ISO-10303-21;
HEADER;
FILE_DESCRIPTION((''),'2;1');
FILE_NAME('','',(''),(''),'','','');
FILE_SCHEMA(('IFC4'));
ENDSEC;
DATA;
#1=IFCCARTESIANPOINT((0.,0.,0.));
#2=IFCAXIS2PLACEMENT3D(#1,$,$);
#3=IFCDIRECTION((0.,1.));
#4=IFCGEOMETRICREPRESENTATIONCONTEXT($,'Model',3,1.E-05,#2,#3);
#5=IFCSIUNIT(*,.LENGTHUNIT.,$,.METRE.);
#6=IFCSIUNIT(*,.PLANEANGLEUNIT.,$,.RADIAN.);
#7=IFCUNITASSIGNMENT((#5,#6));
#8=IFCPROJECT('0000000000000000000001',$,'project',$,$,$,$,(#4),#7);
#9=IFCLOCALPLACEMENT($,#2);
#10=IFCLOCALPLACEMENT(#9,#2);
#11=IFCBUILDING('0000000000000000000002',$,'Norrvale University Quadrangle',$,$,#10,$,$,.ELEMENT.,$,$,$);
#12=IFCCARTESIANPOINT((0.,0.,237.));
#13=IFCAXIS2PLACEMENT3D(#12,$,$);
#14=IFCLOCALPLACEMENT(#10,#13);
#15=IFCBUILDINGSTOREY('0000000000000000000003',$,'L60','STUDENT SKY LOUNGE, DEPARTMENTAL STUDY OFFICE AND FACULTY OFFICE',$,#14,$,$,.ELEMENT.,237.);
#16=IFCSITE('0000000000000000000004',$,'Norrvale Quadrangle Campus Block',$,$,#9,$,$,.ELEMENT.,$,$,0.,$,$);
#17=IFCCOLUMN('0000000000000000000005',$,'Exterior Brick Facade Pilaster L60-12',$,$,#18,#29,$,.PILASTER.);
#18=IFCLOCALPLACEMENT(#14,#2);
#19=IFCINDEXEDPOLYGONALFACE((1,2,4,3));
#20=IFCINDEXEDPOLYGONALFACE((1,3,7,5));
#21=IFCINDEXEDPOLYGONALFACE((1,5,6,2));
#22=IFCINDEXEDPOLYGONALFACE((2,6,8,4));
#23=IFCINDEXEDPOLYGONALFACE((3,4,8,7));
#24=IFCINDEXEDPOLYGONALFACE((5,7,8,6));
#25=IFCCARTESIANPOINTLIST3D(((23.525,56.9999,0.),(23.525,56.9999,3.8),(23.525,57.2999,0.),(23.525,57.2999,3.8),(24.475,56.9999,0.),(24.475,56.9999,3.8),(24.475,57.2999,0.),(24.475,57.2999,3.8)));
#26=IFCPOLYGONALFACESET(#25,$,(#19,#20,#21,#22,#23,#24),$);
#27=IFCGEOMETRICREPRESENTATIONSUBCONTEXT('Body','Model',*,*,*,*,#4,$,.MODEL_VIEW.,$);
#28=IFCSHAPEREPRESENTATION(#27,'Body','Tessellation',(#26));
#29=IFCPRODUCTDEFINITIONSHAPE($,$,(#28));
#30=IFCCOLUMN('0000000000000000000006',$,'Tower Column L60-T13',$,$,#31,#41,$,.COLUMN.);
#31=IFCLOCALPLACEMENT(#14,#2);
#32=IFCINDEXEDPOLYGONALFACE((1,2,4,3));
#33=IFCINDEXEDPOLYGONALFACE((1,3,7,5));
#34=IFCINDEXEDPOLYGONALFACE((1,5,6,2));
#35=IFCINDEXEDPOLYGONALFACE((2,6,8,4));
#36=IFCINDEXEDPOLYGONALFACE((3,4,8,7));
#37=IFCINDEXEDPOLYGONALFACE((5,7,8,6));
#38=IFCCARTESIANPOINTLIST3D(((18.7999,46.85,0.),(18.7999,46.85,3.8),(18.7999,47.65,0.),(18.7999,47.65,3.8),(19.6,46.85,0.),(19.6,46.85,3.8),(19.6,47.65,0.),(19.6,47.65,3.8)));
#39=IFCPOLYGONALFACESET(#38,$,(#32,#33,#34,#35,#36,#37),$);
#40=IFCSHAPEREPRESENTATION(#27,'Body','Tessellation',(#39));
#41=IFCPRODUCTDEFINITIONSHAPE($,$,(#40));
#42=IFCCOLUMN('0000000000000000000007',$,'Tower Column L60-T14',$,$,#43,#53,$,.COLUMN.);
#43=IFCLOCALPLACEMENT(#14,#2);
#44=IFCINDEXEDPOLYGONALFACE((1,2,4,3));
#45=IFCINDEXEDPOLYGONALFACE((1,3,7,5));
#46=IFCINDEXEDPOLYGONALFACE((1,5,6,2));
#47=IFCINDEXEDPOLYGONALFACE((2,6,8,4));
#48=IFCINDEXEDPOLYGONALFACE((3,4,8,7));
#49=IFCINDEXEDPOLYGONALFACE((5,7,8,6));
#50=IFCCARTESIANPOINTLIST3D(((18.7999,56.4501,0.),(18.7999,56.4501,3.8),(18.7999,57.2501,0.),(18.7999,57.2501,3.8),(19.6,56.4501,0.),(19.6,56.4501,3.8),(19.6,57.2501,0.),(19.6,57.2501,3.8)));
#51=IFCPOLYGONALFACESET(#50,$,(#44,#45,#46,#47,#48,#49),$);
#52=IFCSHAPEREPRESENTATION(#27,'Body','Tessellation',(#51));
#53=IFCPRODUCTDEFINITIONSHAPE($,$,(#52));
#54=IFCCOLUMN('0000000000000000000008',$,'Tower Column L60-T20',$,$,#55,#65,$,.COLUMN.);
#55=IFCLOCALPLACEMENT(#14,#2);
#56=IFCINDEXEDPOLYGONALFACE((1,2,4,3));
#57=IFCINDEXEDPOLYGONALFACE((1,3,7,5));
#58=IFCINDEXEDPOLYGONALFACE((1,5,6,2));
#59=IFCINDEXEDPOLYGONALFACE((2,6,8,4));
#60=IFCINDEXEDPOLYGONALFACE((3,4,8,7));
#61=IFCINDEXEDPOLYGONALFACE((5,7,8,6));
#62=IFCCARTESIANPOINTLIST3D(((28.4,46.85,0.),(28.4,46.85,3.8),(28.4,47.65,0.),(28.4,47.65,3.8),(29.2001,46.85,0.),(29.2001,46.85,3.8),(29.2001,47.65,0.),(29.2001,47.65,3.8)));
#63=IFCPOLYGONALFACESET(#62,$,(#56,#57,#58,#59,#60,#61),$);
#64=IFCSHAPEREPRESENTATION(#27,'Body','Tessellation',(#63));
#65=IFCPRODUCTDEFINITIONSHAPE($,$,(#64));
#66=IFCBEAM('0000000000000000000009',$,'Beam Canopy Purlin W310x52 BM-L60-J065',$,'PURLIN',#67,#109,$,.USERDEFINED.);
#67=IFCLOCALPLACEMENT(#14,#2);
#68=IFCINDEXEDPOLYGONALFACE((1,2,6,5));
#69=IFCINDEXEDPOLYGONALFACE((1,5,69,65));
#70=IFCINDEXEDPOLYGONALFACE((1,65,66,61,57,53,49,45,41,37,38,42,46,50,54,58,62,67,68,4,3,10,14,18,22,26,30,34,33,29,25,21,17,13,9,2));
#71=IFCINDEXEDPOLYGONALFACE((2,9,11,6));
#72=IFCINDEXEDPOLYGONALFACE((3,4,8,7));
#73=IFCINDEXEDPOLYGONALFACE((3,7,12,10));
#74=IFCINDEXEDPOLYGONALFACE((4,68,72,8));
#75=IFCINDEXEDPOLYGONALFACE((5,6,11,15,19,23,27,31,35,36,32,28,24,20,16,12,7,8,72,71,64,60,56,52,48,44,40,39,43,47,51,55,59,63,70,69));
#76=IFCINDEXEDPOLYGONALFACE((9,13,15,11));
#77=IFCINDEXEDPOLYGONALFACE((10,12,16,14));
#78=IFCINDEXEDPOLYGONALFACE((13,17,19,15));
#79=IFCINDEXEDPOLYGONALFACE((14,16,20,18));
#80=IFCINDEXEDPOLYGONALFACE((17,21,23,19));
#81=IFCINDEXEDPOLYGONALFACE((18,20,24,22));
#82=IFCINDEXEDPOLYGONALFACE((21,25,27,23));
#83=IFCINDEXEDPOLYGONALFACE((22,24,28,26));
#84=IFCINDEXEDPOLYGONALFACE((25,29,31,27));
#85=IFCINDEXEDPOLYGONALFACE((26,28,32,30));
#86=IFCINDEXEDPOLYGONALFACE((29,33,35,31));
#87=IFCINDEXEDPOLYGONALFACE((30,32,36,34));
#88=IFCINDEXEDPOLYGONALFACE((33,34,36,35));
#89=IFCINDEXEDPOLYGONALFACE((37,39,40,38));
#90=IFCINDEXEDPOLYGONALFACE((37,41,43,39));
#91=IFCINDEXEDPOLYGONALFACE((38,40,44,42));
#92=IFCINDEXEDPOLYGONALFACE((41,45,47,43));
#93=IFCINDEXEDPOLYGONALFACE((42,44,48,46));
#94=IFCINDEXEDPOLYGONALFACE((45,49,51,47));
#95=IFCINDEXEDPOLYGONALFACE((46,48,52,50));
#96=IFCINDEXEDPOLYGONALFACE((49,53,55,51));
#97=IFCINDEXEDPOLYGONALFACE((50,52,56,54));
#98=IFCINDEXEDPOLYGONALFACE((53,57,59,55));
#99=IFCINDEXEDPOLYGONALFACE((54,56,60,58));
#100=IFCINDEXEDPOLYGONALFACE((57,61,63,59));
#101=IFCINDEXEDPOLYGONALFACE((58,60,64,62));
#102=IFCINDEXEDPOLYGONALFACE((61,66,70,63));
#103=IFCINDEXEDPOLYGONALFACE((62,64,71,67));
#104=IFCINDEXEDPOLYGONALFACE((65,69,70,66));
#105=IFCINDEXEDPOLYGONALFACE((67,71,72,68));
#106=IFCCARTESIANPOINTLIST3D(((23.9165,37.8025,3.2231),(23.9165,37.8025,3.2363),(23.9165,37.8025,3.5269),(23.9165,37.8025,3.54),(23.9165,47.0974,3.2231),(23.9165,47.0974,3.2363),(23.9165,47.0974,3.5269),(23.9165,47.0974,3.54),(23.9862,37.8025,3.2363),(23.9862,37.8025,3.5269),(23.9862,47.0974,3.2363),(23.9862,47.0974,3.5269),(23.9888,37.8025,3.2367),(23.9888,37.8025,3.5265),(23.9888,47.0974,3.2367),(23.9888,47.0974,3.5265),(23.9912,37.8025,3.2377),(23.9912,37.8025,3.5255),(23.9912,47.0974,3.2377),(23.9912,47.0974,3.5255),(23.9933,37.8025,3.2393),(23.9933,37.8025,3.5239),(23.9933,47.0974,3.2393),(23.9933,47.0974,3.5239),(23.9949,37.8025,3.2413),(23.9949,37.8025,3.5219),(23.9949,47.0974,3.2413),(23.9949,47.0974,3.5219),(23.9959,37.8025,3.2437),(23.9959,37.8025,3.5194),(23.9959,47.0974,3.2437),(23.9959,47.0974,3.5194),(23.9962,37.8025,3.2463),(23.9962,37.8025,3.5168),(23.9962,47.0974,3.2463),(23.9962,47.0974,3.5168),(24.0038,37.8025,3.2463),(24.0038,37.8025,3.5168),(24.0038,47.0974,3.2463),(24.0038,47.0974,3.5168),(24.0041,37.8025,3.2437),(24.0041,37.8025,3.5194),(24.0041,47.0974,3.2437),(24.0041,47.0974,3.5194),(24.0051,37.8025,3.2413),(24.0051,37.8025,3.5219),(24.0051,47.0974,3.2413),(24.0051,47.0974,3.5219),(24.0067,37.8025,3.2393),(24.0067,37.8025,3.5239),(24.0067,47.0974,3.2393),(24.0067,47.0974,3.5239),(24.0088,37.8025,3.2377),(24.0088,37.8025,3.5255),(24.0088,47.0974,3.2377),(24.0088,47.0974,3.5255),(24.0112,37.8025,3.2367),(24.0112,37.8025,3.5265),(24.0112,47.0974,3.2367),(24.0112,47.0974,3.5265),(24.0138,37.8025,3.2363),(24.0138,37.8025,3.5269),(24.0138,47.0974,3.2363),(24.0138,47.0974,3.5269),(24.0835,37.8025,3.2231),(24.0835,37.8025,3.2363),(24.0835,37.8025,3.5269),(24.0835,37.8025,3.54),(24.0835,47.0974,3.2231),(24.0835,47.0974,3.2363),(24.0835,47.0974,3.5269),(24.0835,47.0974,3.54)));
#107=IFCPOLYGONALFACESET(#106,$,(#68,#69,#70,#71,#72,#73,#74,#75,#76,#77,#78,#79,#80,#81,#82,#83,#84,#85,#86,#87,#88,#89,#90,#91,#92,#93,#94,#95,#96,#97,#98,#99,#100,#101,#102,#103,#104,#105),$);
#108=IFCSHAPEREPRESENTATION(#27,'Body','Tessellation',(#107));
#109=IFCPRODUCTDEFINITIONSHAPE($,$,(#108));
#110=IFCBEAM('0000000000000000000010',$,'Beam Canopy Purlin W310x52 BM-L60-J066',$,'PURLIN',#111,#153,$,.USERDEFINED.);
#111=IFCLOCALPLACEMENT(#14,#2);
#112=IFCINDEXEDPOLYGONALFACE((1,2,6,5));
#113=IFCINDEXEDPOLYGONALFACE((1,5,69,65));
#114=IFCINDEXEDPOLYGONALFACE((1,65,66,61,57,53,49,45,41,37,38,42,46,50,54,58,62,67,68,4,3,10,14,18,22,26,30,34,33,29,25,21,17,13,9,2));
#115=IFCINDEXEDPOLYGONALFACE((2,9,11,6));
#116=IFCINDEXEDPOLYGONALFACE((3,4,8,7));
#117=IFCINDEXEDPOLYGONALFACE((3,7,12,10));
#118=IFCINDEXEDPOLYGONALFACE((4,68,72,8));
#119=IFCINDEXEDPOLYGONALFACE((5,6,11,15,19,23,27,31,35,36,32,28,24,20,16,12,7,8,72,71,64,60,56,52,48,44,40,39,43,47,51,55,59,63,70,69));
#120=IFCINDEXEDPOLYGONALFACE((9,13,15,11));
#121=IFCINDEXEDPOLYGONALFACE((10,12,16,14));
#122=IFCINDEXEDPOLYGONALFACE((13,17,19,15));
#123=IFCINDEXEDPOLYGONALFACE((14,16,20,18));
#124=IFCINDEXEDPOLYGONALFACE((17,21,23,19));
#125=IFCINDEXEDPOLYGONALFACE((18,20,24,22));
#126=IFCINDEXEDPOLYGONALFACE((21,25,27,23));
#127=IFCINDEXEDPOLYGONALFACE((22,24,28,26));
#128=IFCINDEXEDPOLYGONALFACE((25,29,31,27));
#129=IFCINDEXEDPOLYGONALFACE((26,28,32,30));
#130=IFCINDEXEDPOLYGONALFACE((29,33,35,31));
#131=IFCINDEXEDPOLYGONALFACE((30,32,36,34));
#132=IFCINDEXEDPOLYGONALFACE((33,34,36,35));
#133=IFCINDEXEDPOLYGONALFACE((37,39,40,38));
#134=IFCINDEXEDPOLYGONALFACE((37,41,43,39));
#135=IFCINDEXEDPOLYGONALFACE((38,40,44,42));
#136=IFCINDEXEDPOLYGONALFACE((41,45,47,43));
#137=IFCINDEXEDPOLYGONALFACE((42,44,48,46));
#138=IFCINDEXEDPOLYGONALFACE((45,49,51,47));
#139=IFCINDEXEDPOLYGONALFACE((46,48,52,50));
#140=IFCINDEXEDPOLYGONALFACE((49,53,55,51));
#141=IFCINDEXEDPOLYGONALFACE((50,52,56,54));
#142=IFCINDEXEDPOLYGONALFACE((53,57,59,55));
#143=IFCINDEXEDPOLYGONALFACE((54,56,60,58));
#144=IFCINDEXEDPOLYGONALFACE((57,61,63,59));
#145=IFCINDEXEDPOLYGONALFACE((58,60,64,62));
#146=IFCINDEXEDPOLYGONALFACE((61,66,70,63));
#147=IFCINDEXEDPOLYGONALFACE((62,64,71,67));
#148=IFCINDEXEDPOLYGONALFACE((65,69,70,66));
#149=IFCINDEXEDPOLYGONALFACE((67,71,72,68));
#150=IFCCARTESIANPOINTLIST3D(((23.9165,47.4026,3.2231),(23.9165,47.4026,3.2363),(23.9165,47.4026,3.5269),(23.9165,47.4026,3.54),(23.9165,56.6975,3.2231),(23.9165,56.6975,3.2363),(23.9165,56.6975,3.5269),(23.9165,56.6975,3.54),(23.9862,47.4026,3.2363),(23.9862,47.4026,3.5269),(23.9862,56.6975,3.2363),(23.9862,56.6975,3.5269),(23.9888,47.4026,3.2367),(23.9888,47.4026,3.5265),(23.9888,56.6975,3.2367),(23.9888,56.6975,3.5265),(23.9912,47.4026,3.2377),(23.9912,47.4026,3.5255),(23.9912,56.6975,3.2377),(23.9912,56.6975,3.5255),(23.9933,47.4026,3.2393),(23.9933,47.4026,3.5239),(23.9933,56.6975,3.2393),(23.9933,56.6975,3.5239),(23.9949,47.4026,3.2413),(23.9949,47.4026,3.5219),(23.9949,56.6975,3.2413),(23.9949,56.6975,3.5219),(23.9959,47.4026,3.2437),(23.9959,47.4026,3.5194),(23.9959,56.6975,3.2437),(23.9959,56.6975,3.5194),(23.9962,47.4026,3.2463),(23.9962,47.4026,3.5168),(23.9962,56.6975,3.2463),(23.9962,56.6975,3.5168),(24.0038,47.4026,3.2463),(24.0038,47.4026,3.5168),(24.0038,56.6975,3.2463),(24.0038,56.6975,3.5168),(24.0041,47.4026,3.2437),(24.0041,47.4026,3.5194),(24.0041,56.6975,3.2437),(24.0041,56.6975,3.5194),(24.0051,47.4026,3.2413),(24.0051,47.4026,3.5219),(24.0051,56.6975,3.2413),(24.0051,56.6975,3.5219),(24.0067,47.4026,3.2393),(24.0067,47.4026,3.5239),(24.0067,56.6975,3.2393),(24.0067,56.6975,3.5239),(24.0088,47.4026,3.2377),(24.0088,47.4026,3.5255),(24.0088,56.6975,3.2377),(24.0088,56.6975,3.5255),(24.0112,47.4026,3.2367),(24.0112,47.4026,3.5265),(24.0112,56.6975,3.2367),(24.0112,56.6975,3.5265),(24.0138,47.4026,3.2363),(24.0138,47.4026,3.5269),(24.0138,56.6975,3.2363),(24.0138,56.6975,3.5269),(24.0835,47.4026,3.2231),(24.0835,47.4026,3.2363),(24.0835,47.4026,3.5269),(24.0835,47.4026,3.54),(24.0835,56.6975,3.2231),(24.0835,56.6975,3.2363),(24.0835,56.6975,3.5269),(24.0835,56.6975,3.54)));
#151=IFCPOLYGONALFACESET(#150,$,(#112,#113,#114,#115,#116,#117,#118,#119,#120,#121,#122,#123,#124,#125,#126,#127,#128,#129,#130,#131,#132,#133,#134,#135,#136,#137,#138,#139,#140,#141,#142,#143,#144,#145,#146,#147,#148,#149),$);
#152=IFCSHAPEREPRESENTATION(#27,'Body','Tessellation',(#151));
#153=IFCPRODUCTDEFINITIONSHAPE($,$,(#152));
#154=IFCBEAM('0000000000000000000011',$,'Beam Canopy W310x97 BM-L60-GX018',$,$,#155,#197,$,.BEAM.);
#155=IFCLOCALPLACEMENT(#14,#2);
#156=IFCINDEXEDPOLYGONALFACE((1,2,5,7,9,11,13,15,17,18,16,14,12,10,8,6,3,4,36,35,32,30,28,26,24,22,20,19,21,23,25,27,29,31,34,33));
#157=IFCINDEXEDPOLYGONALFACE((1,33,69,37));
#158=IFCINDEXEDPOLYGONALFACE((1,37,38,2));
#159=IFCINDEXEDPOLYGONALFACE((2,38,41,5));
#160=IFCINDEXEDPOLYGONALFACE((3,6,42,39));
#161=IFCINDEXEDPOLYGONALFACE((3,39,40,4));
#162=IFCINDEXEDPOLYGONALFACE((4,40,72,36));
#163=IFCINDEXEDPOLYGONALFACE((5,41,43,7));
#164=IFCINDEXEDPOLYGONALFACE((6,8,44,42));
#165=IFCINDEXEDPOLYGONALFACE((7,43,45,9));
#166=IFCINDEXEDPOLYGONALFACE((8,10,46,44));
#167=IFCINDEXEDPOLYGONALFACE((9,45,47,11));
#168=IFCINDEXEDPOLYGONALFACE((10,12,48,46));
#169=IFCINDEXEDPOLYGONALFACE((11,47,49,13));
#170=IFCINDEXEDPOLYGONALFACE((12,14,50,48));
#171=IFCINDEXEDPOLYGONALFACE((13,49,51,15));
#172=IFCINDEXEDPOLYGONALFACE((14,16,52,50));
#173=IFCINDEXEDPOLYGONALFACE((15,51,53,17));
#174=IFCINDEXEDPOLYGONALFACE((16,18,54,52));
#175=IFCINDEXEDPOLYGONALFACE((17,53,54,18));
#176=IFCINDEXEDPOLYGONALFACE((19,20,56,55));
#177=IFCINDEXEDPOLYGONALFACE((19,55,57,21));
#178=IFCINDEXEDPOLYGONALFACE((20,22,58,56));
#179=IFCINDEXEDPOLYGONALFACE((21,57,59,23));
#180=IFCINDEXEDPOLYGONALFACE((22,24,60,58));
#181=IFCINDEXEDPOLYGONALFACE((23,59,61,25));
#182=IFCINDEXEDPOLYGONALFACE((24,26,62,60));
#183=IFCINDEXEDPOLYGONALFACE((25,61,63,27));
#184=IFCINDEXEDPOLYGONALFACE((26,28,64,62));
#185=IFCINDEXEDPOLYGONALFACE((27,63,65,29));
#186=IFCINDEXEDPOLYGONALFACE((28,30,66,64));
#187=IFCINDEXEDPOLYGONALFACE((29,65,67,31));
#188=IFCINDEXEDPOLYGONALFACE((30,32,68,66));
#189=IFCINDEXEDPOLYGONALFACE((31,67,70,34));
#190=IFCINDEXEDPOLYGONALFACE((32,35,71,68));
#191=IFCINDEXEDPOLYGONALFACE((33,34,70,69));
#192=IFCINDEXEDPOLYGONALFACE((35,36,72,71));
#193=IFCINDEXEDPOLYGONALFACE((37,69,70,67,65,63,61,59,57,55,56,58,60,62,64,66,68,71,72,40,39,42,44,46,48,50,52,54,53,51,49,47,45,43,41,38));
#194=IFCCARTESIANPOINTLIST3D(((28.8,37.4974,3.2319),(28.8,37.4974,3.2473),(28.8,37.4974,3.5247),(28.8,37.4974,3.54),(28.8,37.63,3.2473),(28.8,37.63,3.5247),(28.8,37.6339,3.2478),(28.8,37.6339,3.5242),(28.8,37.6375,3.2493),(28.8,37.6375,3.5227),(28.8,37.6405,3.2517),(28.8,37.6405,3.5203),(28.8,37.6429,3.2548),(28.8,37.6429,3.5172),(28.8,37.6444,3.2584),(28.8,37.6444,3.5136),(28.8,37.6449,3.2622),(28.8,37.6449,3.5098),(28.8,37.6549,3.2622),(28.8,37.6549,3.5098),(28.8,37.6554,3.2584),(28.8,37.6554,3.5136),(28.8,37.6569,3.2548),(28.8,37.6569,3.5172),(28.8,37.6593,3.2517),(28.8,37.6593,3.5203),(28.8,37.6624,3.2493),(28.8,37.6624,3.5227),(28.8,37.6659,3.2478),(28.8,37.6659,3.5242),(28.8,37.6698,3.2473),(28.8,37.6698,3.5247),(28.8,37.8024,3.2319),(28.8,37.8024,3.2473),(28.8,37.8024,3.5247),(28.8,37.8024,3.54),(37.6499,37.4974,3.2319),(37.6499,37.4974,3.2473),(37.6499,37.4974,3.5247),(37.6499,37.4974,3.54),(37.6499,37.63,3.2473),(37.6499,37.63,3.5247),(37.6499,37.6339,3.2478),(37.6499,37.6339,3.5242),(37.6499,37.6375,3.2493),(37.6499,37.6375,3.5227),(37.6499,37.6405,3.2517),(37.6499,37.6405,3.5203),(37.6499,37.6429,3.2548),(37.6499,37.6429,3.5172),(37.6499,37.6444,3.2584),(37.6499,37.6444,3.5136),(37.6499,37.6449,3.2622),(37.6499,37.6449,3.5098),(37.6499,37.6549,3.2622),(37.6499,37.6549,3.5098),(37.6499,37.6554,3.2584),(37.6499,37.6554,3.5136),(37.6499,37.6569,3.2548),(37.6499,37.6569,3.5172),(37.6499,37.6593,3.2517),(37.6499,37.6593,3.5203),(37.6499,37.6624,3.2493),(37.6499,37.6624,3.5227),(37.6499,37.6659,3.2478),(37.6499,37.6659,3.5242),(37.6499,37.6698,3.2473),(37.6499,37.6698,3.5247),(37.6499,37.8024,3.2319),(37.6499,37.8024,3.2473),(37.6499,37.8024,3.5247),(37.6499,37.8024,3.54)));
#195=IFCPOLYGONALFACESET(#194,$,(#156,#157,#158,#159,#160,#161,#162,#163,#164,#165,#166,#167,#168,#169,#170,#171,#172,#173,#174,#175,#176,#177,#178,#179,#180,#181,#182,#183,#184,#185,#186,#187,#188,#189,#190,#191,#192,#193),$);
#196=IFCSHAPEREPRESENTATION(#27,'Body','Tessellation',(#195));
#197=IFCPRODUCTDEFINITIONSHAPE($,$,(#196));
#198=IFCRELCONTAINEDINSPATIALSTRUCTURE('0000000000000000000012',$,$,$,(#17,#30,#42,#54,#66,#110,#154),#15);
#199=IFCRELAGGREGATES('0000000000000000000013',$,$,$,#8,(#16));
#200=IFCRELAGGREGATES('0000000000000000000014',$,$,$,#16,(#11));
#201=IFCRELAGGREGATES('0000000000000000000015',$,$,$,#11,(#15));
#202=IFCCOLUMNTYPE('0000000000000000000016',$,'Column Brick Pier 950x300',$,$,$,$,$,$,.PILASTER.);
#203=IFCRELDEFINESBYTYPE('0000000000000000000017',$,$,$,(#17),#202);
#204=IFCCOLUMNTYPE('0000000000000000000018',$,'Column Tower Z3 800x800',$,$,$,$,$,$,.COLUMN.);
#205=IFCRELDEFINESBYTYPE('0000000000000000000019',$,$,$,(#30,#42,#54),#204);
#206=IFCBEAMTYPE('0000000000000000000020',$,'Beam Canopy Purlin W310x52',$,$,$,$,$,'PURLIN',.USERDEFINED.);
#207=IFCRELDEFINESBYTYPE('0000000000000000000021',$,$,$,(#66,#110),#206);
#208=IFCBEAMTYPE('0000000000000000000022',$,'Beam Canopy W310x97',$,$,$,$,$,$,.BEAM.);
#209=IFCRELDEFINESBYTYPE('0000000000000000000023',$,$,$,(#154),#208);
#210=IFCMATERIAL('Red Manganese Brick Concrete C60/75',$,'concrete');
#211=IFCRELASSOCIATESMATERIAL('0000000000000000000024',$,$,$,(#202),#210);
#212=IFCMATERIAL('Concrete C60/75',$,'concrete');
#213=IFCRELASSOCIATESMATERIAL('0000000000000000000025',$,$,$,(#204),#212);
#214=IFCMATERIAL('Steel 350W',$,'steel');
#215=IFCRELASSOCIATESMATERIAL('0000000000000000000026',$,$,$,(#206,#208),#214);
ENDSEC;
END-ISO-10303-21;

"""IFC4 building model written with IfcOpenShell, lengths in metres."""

from ifc_helpers import new_model, si_unit, direction, frame, origin, origin_2d, place, context, subcontext, project, spatial, rectangle, i_section, extrude, material, material_profile, profile_set, type_object, element, save


model = new_model("IFC4")

# Units and contexts
model_context = context("Model", 3, precision=1e-05, world=origin(), true_north=direction((0.0, 1.0)))
body_context = subcontext(model_context, "Body", "Model", "MODEL_VIEW")
ifc_project = project(units=[si_unit("LENGTHUNIT", "METRE"), si_unit("PLANEANGLEUNIT", "RADIAN")], contexts=[model_context])

# Site, building, storey
site_placement = place(None, origin())
site = spatial("IfcSite", under=ifc_project, at=site_placement, Name="Norrvale Quadrangle Campus Block", CompositionType="ELEMENT", RefElevation=0.0)
building_placement = place(site_placement, origin())
building = spatial("IfcBuilding", under=site, at=building_placement, Name="Norrvale University Quadrangle", CompositionType="ELEMENT")
storey_placement = place(building_placement, frame((0.0, 0.0, 237.0)))
storey = spatial("IfcBuildingStorey", under=building, at=storey_placement, Name="L60", Description="STUDENT SKY LOUNGE, DEPARTMENTAL STUDY OFFICE AND FACULTY OFFICE", CompositionType="ELEMENT", Elevation=237.0)

# Columns
ifc_material_1 = material(Name="Red Manganese Brick Concrete C60/75", Category="concrete")
ifc_material_profile_1 = material_profile(ifc_material_1, rectangle(XDim=0.95, YDim=0.3, at=origin_2d()), Name="Red Manganese Brick Concrete C60/75")
ifc_profile_set_1 = profile_set([ifc_material_profile_1], Name="Red Manganese Brick Concrete C60/75")
column_type_1 = type_object("IfcColumnType", Name="Column Brick Pier 950x300", PredefinedType="PILASTER", material=ifc_profile_set_1)
column_placement = place(storey_placement, frame((24.0, 57.1499, 0.0), z_axis=(0.0, 0.0, 1.0), x_axis=(1.0, 0.0, 0.0)))
element("IfcColumn", 1, at=column_placement, inside=storey, type_object=column_type_1, Name="Exterior Brick Facade Pilaster L60-12", PredefinedType="PILASTER", context=body_context, shape_type="SweptSolid", body=[
    extrude(rectangle(XDim=0.95, YDim=0.3, at=origin_2d()), origin(), (0.0, 0.0, 1.0), 3.8),
])
ifc_material_2 = material(Name="Concrete C60/75", Category="concrete")
ifc_material_profile_2 = material_profile(ifc_material_2, rectangle(XDim=0.8, YDim=0.8, at=origin_2d()), Name="Concrete C60/75")
ifc_profile_set_2 = profile_set([ifc_material_profile_2], Name="Concrete C60/75")
column_type_2 = type_object("IfcColumnType", Name="Column Tower Z3 800x800", PredefinedType="COLUMN", material=ifc_profile_set_2)
for number, where, z_axis, x_axis, name in (
    (2, (19.2, 47.25, 0.0), (0.0, 0.0, 1.0), (1.0, 0.0, 0.0), "Tower Column L60-T13"),
    (3, (19.2, 56.8501, 0.0), (0.0, 0.0, 1.0), (1.0, 0.0, 0.0), "Tower Column L60-T14"),
    (4, (28.8, 47.25, 0.0), (0.0, 0.0, 1.0), (1.0, 0.0, 0.0), "Tower Column L60-T20"),
):
    element("IfcColumn", number, at=place(storey_placement, frame(where, z_axis=z_axis, x_axis=x_axis)), inside=storey, type_object=column_type_2, Name=name, PredefinedType="COLUMN", context=body_context, shape_type="SweptSolid", body=[
        extrude(rectangle(XDim=0.8, YDim=0.8, at=origin_2d()), origin(), (0.0, 0.0, 1.0), 3.8),
    ])

# Beams
ifc_material_3 = material(Name="Steel 350W", Category="steel")
ifc_material_profile_3 = material_profile(ifc_material_3, i_section(OverallWidth=0.167, OverallDepth=0.3169, WebThickness=0.0076, FlangeThickness=0.0132, FilletRadius=0.01, at=origin_2d()), Name="Steel 350W")
ifc_profile_set_3 = profile_set([ifc_material_profile_3], Name="Steel 350W")
beam_type_1 = type_object("IfcBeamType", Name="Beam Canopy Purlin W310x52", ElementType="PURLIN", PredefinedType="USERDEFINED", material=ifc_profile_set_3)
for number, where, z_axis, x_axis, name in (
    (5, (24.0, 37.8025, 3.3816), (0.0, 1.0, 0.0), (-1.0, 0.0, 0.0), "Beam Canopy Purlin W310x52 BM-L60-J065"),
    (6, (24.0, 47.4026, 3.3816), (0.0, 1.0, 0.0), (-1.0, 0.0, 0.0), "Beam Canopy Purlin W310x52 BM-L60-J066"),
):
    element("IfcBeam", number, at=place(storey_placement, frame(where, z_axis=z_axis, x_axis=x_axis)), inside=storey, type_object=beam_type_1, Name=name, ObjectType="PURLIN", PredefinedType="USERDEFINED", context=body_context, shape_type="SweptSolid", body=[
        extrude(i_section(OverallWidth=0.167, OverallDepth=0.3169, WebThickness=0.0076, FlangeThickness=0.0132, FilletRadius=0.01, at=origin_2d()), origin(), (0.0, 0.0, 1.0), 9.2949),
    ])
ifc_material_profile_4 = material_profile(ifc_material_3, i_section(OverallWidth=0.3049, OverallDepth=0.3081, WebThickness=0.01, FlangeThickness=0.0154, FilletRadius=0.0149, at=origin_2d()), Name="Steel 350W")
ifc_profile_set_4 = profile_set([ifc_material_profile_4], Name="Steel 350W")
beam_type_2 = type_object("IfcBeamType", Name="Beam Canopy W310x97", PredefinedType="BEAM", material=ifc_profile_set_4)
beam_1_placement = place(storey_placement, frame((28.8, 37.6499, 3.386), z_axis=(1.0, 0.0, 0.0), x_axis=(0.0, 1.0, 0.0)))
element("IfcBeam", 7, at=beam_1_placement, inside=storey, type_object=beam_type_2, Name="Beam Canopy W310x97 BM-L60-GX018", PredefinedType="BEAM", context=body_context, shape_type="SweptSolid", body=[
    extrude(i_section(OverallWidth=0.3049, OverallDepth=0.3081, WebThickness=0.01, FlangeThickness=0.0154, FilletRadius=0.0149, at=origin_2d()), origin(), (0.0, 0.0, 1.0), 8.8499),
])

save(model, "model.ifc")
